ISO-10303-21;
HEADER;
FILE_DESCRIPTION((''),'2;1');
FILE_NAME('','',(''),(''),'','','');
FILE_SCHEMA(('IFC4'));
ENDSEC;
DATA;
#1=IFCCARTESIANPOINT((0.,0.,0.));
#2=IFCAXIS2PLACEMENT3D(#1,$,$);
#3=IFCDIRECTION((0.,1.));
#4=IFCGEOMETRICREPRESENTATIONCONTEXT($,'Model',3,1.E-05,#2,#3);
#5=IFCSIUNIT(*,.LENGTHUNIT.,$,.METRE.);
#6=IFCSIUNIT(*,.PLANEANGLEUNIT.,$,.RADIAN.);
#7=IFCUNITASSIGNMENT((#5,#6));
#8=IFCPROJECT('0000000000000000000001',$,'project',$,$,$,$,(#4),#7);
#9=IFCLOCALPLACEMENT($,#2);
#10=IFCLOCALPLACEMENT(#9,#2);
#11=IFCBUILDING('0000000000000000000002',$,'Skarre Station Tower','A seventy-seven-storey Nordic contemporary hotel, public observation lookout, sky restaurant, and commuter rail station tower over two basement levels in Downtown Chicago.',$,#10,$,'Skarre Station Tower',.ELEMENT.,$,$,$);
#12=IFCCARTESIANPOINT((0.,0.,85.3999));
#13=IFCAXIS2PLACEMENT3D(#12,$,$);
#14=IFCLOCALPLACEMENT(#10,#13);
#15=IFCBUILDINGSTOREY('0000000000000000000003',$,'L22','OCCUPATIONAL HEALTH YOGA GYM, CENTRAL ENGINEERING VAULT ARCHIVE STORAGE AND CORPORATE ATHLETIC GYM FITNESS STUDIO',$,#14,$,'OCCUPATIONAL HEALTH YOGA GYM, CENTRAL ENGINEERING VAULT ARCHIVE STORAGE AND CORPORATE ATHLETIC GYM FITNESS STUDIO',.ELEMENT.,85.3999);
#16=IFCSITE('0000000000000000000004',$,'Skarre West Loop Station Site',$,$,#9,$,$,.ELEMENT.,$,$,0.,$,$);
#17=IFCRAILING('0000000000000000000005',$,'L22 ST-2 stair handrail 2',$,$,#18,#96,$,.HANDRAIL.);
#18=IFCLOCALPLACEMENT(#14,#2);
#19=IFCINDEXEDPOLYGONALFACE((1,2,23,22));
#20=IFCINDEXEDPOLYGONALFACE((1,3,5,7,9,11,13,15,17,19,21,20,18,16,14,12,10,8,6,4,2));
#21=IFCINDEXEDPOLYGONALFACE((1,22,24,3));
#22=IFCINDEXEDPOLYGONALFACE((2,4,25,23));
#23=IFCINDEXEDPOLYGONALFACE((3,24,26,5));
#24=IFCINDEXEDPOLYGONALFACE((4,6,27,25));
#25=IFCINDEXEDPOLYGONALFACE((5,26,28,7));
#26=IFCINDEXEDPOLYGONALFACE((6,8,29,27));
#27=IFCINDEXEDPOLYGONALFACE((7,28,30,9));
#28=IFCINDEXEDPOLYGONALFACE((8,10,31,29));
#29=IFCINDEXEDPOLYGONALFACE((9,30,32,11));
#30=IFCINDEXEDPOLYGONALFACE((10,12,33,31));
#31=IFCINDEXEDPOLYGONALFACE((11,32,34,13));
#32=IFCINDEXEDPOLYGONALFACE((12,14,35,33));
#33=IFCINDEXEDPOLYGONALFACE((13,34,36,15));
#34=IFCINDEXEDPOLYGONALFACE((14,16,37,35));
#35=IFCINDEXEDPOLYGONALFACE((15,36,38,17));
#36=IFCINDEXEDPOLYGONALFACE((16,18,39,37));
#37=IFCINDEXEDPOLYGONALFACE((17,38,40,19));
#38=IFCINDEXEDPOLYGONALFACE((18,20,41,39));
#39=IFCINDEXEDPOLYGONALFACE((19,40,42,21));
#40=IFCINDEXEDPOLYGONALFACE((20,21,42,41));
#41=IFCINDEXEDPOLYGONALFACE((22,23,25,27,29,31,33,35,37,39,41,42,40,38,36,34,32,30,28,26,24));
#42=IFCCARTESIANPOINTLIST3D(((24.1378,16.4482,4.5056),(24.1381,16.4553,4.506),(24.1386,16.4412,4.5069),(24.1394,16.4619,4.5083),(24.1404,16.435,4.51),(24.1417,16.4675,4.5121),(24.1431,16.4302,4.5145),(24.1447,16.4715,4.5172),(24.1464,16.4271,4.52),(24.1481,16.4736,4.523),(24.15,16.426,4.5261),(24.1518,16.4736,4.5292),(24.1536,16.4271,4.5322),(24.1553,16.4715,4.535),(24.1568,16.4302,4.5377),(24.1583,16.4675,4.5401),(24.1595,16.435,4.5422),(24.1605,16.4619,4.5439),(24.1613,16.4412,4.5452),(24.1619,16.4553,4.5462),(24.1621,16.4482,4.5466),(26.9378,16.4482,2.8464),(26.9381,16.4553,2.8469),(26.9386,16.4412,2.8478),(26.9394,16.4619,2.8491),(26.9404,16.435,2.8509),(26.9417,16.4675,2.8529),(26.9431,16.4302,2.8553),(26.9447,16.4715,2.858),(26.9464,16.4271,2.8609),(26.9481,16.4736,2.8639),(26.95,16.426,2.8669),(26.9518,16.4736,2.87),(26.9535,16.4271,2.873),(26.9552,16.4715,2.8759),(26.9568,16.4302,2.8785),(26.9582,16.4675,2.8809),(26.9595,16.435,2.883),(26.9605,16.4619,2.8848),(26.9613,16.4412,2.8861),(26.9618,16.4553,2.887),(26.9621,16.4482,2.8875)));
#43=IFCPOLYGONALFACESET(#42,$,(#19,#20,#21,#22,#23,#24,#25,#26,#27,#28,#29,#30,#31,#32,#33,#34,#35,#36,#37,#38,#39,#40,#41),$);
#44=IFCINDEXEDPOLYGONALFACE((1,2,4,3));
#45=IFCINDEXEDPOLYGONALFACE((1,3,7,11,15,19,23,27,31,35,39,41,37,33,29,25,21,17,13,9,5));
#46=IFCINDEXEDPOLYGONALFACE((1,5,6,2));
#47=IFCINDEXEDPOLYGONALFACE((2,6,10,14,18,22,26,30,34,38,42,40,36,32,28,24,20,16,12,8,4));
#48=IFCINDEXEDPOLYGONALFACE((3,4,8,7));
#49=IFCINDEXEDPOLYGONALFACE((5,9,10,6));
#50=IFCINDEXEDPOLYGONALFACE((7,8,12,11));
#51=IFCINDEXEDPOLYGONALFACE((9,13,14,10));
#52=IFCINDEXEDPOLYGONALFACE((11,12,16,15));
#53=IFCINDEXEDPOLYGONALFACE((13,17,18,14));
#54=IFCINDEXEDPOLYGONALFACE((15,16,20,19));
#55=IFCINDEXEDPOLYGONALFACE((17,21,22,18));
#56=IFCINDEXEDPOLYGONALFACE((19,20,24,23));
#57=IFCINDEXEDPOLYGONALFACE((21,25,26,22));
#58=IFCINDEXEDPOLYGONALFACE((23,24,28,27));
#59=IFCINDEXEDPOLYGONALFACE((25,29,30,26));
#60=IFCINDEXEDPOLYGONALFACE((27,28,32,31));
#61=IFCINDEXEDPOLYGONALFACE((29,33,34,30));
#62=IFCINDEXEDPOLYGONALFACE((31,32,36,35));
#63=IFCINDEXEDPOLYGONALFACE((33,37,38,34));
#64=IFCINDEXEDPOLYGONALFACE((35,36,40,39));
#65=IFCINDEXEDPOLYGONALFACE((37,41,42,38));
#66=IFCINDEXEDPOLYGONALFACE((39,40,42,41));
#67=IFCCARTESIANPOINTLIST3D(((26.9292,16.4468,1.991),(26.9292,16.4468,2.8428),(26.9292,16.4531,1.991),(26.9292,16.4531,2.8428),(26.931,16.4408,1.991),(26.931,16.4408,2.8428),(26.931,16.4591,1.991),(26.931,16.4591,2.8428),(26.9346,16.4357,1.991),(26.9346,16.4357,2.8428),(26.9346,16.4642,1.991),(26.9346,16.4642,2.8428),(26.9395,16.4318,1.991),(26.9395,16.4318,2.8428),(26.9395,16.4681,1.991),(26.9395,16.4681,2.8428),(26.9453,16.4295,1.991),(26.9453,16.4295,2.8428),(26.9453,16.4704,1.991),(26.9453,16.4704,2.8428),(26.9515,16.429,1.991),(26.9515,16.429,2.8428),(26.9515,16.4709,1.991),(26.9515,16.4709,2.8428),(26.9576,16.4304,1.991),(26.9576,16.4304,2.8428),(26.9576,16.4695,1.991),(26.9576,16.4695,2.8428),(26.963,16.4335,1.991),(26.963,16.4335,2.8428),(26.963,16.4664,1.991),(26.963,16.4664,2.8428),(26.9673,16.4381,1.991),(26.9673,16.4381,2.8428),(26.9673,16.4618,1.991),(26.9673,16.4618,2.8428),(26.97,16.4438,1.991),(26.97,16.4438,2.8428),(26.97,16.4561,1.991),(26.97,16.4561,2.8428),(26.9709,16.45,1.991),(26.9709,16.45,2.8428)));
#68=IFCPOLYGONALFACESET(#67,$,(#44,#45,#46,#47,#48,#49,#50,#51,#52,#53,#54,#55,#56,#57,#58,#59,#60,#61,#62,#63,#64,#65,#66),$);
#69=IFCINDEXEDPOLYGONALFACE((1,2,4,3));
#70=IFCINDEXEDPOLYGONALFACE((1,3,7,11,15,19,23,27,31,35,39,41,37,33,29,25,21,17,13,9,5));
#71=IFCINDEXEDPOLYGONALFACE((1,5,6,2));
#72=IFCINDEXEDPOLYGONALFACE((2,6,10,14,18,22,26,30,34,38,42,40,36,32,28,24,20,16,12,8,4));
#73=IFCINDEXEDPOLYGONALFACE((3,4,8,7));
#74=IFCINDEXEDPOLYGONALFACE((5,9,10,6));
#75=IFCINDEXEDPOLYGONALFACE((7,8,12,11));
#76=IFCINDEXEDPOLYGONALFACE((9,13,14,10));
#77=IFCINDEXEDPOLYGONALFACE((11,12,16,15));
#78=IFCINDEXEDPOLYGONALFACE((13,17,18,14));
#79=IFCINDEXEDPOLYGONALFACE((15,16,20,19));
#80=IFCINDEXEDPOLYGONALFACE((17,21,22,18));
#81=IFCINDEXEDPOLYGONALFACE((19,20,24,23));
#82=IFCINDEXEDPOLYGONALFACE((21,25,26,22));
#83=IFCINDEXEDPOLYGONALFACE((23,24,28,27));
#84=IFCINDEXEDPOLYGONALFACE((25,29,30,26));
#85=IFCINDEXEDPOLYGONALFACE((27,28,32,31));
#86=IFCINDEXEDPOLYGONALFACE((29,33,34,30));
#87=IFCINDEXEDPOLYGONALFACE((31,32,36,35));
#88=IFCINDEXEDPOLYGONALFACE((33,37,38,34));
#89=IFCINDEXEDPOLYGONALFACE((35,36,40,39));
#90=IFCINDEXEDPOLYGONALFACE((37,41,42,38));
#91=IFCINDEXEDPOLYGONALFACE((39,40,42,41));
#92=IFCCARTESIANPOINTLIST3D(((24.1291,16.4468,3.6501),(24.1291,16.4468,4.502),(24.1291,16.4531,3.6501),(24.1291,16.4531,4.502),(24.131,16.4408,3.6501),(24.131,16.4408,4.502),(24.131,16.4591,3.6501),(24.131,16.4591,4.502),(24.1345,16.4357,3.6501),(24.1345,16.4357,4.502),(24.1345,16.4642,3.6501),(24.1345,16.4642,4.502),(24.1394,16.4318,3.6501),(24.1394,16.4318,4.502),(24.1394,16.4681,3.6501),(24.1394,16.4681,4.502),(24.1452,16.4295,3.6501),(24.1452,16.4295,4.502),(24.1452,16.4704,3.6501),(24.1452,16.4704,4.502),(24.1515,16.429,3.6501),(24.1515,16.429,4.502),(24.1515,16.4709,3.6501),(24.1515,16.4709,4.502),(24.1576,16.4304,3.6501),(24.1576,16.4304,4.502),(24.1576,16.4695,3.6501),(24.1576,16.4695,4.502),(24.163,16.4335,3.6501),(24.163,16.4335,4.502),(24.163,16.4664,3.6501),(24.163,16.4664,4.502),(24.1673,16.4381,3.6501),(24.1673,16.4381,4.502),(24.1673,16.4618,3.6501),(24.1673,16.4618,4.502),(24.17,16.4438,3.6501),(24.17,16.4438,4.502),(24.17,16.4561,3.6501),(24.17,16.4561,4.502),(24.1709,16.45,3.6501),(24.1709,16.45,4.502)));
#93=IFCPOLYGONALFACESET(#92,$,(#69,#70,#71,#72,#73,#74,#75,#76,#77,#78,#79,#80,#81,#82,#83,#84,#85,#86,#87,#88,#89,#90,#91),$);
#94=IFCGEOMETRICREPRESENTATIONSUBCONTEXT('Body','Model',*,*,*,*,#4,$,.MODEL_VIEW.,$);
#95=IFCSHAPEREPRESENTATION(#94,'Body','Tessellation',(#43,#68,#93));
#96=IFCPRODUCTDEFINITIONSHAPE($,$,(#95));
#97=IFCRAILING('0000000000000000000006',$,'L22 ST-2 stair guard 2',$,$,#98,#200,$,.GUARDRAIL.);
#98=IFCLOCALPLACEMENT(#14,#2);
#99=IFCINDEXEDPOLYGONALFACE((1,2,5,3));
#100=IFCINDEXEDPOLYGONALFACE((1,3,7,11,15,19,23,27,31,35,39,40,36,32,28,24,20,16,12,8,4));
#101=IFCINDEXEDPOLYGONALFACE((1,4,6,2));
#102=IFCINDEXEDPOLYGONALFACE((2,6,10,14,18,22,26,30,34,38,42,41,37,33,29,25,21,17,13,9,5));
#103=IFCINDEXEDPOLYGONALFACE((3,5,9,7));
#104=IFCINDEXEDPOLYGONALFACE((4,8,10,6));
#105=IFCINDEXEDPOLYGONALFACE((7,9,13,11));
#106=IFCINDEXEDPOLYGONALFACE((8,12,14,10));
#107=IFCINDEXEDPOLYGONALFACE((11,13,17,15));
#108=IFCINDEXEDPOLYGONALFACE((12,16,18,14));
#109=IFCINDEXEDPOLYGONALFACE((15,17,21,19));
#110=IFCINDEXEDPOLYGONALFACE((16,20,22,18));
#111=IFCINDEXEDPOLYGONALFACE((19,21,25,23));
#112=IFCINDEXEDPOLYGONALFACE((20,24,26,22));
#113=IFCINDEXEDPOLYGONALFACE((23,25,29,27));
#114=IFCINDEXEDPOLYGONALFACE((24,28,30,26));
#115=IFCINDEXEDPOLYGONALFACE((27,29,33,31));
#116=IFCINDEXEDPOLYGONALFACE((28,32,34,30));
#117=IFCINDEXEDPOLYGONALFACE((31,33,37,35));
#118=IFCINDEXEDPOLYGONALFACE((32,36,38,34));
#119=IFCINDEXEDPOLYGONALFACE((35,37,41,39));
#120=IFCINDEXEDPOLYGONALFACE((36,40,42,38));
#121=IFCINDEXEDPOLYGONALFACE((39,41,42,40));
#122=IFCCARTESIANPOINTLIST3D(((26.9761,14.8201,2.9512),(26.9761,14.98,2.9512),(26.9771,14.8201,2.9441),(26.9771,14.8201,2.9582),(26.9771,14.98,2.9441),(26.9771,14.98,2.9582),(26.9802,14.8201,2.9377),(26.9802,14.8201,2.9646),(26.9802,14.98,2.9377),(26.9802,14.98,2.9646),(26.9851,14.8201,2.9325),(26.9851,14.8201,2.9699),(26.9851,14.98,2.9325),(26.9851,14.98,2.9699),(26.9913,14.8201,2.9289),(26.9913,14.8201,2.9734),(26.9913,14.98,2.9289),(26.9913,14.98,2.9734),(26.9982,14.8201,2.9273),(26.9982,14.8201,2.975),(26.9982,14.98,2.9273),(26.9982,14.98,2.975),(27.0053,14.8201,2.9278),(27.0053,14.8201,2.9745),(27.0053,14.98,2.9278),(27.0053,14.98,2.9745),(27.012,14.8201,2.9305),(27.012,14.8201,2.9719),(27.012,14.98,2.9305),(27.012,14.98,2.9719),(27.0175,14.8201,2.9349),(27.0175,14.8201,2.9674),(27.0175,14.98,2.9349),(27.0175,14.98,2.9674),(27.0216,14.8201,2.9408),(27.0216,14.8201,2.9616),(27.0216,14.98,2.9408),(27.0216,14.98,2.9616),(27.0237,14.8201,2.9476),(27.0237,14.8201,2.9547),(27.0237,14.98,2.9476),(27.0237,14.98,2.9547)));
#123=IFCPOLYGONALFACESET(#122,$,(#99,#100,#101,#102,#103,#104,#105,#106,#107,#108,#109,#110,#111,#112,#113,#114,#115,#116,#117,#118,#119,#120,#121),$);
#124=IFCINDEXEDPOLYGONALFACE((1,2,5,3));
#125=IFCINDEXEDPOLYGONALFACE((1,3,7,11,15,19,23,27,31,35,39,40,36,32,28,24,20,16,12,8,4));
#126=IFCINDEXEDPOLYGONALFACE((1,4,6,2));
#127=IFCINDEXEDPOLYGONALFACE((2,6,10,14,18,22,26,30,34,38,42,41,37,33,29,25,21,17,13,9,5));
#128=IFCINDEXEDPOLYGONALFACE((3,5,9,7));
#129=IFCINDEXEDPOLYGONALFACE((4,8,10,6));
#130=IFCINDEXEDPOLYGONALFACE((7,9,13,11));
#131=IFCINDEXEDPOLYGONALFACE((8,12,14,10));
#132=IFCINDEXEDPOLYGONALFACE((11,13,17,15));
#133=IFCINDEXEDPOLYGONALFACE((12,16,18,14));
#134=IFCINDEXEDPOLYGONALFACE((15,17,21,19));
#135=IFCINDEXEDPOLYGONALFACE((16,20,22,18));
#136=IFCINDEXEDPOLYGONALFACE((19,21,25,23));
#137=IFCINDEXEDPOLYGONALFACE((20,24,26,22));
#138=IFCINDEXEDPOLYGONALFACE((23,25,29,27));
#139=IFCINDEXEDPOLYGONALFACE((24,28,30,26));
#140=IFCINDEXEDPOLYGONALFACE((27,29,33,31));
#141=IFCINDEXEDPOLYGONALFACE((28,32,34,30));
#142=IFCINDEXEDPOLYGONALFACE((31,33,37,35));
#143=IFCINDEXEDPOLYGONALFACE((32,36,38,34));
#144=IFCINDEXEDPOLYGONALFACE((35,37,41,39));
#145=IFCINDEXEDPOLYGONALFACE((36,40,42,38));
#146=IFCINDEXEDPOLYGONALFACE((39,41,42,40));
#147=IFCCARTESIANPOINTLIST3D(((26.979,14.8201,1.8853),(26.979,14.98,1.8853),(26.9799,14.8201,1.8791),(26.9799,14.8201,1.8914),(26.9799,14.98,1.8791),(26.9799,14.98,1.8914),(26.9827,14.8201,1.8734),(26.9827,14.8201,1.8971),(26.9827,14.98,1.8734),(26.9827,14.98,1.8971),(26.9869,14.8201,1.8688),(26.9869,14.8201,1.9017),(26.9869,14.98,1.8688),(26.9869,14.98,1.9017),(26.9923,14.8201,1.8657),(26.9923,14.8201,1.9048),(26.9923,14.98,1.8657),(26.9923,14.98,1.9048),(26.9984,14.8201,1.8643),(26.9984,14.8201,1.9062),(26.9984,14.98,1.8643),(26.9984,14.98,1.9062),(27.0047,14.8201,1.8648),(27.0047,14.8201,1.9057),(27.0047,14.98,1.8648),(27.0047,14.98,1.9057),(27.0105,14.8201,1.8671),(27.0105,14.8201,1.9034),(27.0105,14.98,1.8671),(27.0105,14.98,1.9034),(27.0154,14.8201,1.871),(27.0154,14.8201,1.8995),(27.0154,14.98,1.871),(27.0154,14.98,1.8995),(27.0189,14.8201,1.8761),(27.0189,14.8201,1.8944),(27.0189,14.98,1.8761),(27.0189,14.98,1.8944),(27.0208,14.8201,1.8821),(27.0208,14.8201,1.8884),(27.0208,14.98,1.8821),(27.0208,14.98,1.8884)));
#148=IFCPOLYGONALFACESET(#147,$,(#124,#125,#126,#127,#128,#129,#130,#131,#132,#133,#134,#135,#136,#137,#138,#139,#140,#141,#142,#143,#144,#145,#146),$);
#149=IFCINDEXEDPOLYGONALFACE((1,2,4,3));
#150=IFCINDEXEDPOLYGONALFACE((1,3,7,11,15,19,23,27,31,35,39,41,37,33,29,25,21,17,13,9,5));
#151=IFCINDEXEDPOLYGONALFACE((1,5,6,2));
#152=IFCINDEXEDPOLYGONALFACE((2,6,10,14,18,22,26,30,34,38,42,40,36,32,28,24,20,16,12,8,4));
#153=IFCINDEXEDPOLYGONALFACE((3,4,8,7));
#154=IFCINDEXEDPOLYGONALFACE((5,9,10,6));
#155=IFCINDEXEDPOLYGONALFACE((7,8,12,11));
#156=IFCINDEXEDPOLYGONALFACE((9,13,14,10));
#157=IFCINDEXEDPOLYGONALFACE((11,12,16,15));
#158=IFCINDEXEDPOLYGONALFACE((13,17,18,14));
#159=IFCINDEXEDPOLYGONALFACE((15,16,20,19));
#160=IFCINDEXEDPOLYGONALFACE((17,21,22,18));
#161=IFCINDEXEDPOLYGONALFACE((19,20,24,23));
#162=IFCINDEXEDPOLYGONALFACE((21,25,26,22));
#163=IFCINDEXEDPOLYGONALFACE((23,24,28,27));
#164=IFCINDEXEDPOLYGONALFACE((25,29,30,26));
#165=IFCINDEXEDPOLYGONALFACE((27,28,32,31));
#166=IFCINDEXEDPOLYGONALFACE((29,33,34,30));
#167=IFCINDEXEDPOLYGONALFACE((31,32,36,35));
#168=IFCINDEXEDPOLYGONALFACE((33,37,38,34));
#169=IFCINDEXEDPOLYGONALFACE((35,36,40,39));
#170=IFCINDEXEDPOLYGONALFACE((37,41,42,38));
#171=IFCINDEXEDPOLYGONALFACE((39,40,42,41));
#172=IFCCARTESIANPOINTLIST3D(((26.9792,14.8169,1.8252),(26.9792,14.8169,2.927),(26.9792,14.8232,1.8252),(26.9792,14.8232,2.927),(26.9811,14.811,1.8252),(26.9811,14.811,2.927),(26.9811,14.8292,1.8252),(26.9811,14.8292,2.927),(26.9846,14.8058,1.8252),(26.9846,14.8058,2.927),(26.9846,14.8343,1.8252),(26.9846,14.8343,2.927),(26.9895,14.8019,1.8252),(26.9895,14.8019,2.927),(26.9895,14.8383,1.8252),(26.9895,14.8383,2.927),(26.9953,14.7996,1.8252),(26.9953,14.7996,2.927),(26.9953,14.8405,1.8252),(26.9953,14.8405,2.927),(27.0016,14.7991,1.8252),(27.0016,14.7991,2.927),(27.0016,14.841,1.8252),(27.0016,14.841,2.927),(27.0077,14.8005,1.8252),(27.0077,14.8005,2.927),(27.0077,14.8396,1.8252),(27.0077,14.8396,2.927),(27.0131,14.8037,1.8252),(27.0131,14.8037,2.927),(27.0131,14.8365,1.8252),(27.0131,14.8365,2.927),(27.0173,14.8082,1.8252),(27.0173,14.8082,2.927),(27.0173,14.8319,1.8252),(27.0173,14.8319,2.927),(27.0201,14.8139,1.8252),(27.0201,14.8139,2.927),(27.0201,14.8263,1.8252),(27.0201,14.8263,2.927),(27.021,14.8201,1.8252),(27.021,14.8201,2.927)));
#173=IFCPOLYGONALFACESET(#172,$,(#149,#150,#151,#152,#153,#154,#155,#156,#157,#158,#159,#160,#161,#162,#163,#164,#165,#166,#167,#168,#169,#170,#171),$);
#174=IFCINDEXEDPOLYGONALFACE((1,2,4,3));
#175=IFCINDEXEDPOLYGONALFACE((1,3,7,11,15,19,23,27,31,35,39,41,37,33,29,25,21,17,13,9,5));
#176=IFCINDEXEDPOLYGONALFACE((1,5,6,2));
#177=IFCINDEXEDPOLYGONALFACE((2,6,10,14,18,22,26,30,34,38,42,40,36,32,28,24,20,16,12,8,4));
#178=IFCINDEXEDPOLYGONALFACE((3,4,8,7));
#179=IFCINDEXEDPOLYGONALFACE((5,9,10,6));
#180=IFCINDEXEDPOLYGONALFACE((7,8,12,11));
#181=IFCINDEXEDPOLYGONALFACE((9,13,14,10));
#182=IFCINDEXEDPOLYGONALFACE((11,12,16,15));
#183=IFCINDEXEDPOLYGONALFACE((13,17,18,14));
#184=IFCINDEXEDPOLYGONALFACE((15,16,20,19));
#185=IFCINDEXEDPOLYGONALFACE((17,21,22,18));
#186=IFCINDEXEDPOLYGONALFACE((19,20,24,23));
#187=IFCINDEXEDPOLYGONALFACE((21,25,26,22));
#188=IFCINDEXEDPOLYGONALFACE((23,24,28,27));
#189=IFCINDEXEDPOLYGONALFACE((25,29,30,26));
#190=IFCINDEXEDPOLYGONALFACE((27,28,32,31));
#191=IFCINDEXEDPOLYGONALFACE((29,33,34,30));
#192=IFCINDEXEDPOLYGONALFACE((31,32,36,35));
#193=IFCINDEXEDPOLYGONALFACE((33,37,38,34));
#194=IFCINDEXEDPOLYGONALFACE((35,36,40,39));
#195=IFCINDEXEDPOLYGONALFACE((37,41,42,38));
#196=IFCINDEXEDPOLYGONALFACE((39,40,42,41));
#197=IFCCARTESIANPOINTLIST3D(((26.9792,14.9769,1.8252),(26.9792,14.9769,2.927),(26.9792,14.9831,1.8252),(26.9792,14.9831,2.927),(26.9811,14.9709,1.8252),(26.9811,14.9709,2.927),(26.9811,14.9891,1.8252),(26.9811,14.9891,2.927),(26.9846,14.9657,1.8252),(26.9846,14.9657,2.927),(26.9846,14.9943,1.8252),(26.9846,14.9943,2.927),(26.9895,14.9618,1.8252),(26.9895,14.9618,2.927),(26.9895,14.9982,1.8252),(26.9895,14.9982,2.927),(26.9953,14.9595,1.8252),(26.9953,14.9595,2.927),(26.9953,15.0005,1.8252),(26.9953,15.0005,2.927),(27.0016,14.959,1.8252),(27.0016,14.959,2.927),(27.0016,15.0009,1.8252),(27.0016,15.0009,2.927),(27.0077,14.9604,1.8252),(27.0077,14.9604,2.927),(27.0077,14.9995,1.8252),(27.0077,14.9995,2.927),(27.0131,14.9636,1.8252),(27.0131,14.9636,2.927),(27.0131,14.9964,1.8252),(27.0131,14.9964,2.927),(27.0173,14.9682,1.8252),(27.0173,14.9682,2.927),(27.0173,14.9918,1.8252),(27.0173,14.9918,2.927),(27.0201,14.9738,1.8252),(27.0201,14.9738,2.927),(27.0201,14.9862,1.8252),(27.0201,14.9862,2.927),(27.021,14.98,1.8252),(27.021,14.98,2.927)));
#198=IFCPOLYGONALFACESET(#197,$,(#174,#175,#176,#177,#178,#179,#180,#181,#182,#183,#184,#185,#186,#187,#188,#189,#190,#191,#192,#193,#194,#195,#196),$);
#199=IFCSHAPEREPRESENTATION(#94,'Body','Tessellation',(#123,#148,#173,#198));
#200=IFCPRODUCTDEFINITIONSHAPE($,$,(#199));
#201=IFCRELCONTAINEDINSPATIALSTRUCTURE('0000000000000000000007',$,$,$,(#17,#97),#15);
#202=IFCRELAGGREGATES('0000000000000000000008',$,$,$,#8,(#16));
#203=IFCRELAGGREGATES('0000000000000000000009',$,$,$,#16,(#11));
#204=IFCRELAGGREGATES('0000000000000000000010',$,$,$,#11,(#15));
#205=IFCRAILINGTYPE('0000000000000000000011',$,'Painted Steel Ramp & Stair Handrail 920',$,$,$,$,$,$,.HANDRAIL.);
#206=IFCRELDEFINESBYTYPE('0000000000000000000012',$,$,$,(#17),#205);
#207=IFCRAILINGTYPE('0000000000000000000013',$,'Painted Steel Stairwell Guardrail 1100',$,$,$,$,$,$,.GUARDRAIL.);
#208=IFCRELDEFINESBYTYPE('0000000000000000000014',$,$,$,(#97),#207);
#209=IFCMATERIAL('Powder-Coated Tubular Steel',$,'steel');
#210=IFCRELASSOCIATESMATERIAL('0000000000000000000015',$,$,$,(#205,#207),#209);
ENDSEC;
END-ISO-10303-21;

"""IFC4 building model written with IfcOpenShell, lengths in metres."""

from ifc_helpers import new_model, si_unit, direction, frame, origin, origin_2d, place, context, subcontext, project, spatial, circle, extrude, material, type_object, element, save


model = new_model("IFC4")

# Units and contexts
model_context = context("Model", 3, precision=1e-05, world=origin(), true_north=direction((0.0, 1.0)))
body_context = subcontext(model_context, "Body", "Model", "MODEL_VIEW")
ifc_project = project(units=[si_unit("LENGTHUNIT", "METRE"), si_unit("PLANEANGLEUNIT", "RADIAN")], contexts=[model_context])

# Site, building, storey
site_placement = place(None, origin())
site = spatial("IfcSite", under=ifc_project, at=site_placement, Name="Skarre West Loop Station Site", CompositionType="ELEMENT", RefElevation=0.0)
building_placement = place(site_placement, origin())
building = spatial("IfcBuilding", under=site, at=building_placement, Name="Skarre Station Tower", Description="A seventy-seven-storey Nordic contemporary hotel, public observation lookout, sky restaurant, and commuter rail station tower over two basement levels in Downtown Chicago.", LongName="Skarre Station Tower", CompositionType="ELEMENT")
storey_placement = place(building_placement, frame((0.0, 0.0, 85.3999)))
storey = spatial("IfcBuildingStorey", under=building, at=storey_placement, Name="L22", Description="OCCUPATIONAL HEALTH YOGA GYM, CENTRAL ENGINEERING VAULT ARCHIVE STORAGE AND CORPORATE ATHLETIC GYM FITNESS STUDIO", LongName="OCCUPATIONAL HEALTH YOGA GYM, CENTRAL ENGINEERING VAULT ARCHIVE STORAGE AND CORPORATE ATHLETIC GYM FITNESS STUDIO", CompositionType="ELEMENT", Elevation=85.3999)

# Railings
ifc_material_1 = material(Name="Powder-Coated Tubular Steel", Category="steel")
railing_type_1 = type_object("IfcRailingType", Name="Painted Steel Ramp & Stair Handrail 920", PredefinedType="HANDRAIL", material=ifc_material_1)
railing_1_placement = place(storey_placement, frame((26.95, 16.45, 1.991)))
element("IfcRailing", 1, at=railing_1_placement, inside=storey, type_object=railing_type_1, Name="L22 ST-2 stair handrail 2", PredefinedType="HANDRAIL", context=body_context, shape_type="SweptSolid", body=[
    extrude(circle(Radius=0.0239, at=origin_2d()), frame((0.0, 0.0, 0.876), z_axis=(-0.860306, 0.0, 0.509778), x_axis=(0.0, -1.0, 0.0)), (0.0, 0.0, 1.0), 3.2546),
    extrude(circle(Radius=0.021, at=origin_2d()), origin(), (0.0, 0.0, 1.0), 0.8518),
    extrude(circle(Radius=0.021, at=origin_2d()), frame((-2.8, 0.0, 1.6592)), (0.0, 0.0, 1.0), 0.8518),
])
railing_type_2 = type_object("IfcRailingType", Name="Painted Steel Stairwell Guardrail 1100", PredefinedType="GUARDRAIL", material=ifc_material_1)
railing_2_placement = place(storey_placement, frame((27.0, 14.8201, 1.8252)))
element("IfcRailing", 2, at=railing_2_placement, inside=storey, type_object=railing_type_2, Name="L22 ST-2 stair guard 2", PredefinedType="GUARDRAIL", context=body_context, shape_type="SweptSolid", body=[
    extrude(circle(Radius=0.0239, at=origin_2d()), frame((0.0, 0.0, 1.126), z_axis=(0.0, 1.0, 0.0), x_axis=(-1.0, 0.0, 0.0)), (0.0, 0.0, 1.0), 0.1599),
    extrude(circle(Radius=0.021, at=origin_2d()), frame((0.0, 0.0, 0.0601), z_axis=(0.0, 1.0, 0.0), x_axis=(-1.0, 0.0, 0.0)), (0.0, 0.0, 1.0), 0.1599),
    extrude(circle(Radius=0.021, at=origin_2d()), origin(), (0.0, 0.0, 1.0), 1.1018),
    extrude(circle(Radius=0.021, at=origin_2d()), frame((0.0, 0.1599, 0.0)), (0.0, 0.0, 1.0), 1.1018),
])

save(model, "model.ifc")
